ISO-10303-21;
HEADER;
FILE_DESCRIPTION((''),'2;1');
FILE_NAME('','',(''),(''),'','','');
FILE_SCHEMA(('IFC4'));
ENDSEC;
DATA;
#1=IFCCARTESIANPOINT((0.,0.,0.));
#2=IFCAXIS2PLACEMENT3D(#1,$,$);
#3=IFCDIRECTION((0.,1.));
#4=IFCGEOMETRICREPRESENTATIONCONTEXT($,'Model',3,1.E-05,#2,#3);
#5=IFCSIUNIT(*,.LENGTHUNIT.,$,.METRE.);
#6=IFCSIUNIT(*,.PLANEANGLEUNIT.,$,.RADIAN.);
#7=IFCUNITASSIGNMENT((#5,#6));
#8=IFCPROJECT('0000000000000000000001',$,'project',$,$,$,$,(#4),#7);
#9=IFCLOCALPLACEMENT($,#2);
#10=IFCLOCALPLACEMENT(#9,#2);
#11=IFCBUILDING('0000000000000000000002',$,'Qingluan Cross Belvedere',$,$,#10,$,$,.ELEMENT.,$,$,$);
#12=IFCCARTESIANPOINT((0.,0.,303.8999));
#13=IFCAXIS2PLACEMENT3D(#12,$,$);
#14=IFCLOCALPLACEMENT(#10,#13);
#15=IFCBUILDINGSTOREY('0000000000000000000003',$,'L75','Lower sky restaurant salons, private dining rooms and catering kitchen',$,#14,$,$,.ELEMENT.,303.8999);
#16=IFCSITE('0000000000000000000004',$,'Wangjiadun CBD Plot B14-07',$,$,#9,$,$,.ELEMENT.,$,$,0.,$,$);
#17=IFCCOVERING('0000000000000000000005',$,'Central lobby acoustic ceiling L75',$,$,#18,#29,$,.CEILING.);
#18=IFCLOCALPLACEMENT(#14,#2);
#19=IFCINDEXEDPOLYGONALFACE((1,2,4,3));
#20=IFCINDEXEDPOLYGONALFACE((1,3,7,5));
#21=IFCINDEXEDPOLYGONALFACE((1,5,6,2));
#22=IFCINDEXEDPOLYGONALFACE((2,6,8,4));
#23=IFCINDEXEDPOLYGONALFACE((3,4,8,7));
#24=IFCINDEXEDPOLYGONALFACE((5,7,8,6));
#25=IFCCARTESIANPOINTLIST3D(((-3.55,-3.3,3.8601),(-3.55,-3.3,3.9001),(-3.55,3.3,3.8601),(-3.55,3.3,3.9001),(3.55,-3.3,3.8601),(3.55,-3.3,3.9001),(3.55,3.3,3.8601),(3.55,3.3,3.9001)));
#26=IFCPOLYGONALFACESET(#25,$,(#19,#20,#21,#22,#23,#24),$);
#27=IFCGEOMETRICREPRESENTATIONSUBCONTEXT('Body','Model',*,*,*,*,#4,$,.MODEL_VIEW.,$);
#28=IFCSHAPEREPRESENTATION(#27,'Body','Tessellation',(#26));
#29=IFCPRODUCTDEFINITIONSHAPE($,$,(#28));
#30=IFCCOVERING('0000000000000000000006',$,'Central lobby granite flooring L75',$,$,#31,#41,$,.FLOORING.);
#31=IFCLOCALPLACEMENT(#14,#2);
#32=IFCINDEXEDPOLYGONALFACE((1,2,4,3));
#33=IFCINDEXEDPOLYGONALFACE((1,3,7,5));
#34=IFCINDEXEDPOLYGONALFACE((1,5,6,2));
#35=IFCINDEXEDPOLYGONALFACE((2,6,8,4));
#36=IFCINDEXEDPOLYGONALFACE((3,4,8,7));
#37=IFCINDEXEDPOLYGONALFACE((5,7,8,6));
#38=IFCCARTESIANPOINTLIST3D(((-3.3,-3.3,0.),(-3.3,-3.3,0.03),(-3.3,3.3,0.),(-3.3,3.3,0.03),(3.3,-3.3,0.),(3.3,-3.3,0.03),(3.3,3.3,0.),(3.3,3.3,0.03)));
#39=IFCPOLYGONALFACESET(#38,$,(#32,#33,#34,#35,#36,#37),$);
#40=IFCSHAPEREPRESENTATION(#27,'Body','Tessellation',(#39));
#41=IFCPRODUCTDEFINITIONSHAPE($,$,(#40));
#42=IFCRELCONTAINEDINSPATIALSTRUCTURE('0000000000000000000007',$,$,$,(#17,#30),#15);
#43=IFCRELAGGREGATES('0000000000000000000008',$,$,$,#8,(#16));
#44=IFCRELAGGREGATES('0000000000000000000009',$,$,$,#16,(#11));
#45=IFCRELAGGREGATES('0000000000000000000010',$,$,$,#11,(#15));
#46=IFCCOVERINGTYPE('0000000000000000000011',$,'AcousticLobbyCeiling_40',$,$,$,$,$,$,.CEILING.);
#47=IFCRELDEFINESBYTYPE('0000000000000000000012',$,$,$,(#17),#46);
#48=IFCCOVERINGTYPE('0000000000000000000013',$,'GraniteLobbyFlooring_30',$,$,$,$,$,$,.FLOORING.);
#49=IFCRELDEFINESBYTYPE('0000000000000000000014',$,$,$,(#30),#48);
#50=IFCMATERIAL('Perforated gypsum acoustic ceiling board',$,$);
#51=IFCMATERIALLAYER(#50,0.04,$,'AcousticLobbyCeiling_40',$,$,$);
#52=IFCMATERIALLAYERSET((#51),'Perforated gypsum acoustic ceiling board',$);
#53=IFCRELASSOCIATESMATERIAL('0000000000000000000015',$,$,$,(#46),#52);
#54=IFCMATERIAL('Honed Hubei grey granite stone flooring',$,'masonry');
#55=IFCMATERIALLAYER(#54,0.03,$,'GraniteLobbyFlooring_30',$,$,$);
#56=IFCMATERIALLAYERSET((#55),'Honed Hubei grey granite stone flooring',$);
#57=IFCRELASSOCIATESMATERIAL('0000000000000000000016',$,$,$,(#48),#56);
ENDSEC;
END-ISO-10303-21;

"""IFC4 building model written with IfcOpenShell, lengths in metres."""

from ifc_helpers import new_model, si_unit, direction, frame, origin, origin_with_axes, origin_2d, place, context, subcontext, project, spatial, rectangle, extrude, material, layer, layer_set, type_object, element, save


model = new_model("IFC4")

# Units and contexts
model_context = context("Model", 3, precision=1e-05, world=origin(), true_north=direction((0.0, 1.0)))
body_context = subcontext(model_context, "Body", "Model", "MODEL_VIEW")
ifc_project = project(units=[si_unit("LENGTHUNIT", "METRE"), si_unit("PLANEANGLEUNIT", "RADIAN")], contexts=[model_context])

# Site, building, storey
site_placement = place(None, origin())
site = spatial("IfcSite", under=ifc_project, at=site_placement, Name="Wangjiadun CBD Plot B14-07", CompositionType="ELEMENT", RefElevation=0.0)
building_placement = place(site_placement, origin())
building = spatial("IfcBuilding", under=site, at=building_placement, Name="Qingluan Cross Belvedere", CompositionType="ELEMENT")
storey_placement = place(building_placement, frame((0.0, 0.0, 303.8999)))
storey = spatial("IfcBuildingStorey", under=building, at=storey_placement, Name="L75", Description="Lower sky restaurant salons, private dining rooms and catering kitchen", CompositionType="ELEMENT", Elevation=303.8999)

# Coverings
ifc_material_1 = material(Name="Perforated gypsum acoustic ceiling board")
ifc_layer_1 = layer(ifc_material_1, 0.04, Name="AcousticLobbyCeiling_40")
ifc_layer_set_1 = layer_set([ifc_layer_1], Name="Perforated gypsum acoustic ceiling board")
covering_type_1 = type_object("IfcCoveringType", Name="AcousticLobbyCeiling_40", PredefinedType="CEILING", material=ifc_layer_set_1)
covering_1_placement = place(storey_placement, frame((0.0, 0.0, 3.8601), z_axis=(0.0, 0.0, 1.0), x_axis=(1.0, 0.0, 0.0)))
element("IfcCovering", 1, at=covering_1_placement, inside=storey, type_object=covering_type_1, Name="Central lobby acoustic ceiling L75", PredefinedType="CEILING", context=body_context, shape_type="SweptSolid", body=[
    extrude(rectangle(XDim=7.1001, YDim=6.6001, at=origin_2d()), origin(), (0.0, 0.0, 1.0), 0.04),
])
ifc_material_2 = material(Name="Honed Hubei grey granite stone flooring", Category="masonry")
ifc_layer_2 = layer(ifc_material_2, 0.03, Name="GraniteLobbyFlooring_30")
ifc_layer_set_2 = layer_set([ifc_layer_2], Name="Honed Hubei grey granite stone flooring")
covering_type_2 = type_object("IfcCoveringType", Name="GraniteLobbyFlooring_30", PredefinedType="FLOORING", material=ifc_layer_set_2)
covering_2_placement = place(storey_placement, origin_with_axes())
element("IfcCovering", 2, at=covering_2_placement, inside=storey, type_object=covering_type_2, Name="Central lobby granite flooring L75", PredefinedType="FLOORING", context=body_context, shape_type="SweptSolid", body=[
    extrude(rectangle(XDim=6.6001, YDim=6.6001, at=origin_2d()), origin(), (0.0, 0.0, 1.0), 0.03),
])

save(model, "model.ifc")
